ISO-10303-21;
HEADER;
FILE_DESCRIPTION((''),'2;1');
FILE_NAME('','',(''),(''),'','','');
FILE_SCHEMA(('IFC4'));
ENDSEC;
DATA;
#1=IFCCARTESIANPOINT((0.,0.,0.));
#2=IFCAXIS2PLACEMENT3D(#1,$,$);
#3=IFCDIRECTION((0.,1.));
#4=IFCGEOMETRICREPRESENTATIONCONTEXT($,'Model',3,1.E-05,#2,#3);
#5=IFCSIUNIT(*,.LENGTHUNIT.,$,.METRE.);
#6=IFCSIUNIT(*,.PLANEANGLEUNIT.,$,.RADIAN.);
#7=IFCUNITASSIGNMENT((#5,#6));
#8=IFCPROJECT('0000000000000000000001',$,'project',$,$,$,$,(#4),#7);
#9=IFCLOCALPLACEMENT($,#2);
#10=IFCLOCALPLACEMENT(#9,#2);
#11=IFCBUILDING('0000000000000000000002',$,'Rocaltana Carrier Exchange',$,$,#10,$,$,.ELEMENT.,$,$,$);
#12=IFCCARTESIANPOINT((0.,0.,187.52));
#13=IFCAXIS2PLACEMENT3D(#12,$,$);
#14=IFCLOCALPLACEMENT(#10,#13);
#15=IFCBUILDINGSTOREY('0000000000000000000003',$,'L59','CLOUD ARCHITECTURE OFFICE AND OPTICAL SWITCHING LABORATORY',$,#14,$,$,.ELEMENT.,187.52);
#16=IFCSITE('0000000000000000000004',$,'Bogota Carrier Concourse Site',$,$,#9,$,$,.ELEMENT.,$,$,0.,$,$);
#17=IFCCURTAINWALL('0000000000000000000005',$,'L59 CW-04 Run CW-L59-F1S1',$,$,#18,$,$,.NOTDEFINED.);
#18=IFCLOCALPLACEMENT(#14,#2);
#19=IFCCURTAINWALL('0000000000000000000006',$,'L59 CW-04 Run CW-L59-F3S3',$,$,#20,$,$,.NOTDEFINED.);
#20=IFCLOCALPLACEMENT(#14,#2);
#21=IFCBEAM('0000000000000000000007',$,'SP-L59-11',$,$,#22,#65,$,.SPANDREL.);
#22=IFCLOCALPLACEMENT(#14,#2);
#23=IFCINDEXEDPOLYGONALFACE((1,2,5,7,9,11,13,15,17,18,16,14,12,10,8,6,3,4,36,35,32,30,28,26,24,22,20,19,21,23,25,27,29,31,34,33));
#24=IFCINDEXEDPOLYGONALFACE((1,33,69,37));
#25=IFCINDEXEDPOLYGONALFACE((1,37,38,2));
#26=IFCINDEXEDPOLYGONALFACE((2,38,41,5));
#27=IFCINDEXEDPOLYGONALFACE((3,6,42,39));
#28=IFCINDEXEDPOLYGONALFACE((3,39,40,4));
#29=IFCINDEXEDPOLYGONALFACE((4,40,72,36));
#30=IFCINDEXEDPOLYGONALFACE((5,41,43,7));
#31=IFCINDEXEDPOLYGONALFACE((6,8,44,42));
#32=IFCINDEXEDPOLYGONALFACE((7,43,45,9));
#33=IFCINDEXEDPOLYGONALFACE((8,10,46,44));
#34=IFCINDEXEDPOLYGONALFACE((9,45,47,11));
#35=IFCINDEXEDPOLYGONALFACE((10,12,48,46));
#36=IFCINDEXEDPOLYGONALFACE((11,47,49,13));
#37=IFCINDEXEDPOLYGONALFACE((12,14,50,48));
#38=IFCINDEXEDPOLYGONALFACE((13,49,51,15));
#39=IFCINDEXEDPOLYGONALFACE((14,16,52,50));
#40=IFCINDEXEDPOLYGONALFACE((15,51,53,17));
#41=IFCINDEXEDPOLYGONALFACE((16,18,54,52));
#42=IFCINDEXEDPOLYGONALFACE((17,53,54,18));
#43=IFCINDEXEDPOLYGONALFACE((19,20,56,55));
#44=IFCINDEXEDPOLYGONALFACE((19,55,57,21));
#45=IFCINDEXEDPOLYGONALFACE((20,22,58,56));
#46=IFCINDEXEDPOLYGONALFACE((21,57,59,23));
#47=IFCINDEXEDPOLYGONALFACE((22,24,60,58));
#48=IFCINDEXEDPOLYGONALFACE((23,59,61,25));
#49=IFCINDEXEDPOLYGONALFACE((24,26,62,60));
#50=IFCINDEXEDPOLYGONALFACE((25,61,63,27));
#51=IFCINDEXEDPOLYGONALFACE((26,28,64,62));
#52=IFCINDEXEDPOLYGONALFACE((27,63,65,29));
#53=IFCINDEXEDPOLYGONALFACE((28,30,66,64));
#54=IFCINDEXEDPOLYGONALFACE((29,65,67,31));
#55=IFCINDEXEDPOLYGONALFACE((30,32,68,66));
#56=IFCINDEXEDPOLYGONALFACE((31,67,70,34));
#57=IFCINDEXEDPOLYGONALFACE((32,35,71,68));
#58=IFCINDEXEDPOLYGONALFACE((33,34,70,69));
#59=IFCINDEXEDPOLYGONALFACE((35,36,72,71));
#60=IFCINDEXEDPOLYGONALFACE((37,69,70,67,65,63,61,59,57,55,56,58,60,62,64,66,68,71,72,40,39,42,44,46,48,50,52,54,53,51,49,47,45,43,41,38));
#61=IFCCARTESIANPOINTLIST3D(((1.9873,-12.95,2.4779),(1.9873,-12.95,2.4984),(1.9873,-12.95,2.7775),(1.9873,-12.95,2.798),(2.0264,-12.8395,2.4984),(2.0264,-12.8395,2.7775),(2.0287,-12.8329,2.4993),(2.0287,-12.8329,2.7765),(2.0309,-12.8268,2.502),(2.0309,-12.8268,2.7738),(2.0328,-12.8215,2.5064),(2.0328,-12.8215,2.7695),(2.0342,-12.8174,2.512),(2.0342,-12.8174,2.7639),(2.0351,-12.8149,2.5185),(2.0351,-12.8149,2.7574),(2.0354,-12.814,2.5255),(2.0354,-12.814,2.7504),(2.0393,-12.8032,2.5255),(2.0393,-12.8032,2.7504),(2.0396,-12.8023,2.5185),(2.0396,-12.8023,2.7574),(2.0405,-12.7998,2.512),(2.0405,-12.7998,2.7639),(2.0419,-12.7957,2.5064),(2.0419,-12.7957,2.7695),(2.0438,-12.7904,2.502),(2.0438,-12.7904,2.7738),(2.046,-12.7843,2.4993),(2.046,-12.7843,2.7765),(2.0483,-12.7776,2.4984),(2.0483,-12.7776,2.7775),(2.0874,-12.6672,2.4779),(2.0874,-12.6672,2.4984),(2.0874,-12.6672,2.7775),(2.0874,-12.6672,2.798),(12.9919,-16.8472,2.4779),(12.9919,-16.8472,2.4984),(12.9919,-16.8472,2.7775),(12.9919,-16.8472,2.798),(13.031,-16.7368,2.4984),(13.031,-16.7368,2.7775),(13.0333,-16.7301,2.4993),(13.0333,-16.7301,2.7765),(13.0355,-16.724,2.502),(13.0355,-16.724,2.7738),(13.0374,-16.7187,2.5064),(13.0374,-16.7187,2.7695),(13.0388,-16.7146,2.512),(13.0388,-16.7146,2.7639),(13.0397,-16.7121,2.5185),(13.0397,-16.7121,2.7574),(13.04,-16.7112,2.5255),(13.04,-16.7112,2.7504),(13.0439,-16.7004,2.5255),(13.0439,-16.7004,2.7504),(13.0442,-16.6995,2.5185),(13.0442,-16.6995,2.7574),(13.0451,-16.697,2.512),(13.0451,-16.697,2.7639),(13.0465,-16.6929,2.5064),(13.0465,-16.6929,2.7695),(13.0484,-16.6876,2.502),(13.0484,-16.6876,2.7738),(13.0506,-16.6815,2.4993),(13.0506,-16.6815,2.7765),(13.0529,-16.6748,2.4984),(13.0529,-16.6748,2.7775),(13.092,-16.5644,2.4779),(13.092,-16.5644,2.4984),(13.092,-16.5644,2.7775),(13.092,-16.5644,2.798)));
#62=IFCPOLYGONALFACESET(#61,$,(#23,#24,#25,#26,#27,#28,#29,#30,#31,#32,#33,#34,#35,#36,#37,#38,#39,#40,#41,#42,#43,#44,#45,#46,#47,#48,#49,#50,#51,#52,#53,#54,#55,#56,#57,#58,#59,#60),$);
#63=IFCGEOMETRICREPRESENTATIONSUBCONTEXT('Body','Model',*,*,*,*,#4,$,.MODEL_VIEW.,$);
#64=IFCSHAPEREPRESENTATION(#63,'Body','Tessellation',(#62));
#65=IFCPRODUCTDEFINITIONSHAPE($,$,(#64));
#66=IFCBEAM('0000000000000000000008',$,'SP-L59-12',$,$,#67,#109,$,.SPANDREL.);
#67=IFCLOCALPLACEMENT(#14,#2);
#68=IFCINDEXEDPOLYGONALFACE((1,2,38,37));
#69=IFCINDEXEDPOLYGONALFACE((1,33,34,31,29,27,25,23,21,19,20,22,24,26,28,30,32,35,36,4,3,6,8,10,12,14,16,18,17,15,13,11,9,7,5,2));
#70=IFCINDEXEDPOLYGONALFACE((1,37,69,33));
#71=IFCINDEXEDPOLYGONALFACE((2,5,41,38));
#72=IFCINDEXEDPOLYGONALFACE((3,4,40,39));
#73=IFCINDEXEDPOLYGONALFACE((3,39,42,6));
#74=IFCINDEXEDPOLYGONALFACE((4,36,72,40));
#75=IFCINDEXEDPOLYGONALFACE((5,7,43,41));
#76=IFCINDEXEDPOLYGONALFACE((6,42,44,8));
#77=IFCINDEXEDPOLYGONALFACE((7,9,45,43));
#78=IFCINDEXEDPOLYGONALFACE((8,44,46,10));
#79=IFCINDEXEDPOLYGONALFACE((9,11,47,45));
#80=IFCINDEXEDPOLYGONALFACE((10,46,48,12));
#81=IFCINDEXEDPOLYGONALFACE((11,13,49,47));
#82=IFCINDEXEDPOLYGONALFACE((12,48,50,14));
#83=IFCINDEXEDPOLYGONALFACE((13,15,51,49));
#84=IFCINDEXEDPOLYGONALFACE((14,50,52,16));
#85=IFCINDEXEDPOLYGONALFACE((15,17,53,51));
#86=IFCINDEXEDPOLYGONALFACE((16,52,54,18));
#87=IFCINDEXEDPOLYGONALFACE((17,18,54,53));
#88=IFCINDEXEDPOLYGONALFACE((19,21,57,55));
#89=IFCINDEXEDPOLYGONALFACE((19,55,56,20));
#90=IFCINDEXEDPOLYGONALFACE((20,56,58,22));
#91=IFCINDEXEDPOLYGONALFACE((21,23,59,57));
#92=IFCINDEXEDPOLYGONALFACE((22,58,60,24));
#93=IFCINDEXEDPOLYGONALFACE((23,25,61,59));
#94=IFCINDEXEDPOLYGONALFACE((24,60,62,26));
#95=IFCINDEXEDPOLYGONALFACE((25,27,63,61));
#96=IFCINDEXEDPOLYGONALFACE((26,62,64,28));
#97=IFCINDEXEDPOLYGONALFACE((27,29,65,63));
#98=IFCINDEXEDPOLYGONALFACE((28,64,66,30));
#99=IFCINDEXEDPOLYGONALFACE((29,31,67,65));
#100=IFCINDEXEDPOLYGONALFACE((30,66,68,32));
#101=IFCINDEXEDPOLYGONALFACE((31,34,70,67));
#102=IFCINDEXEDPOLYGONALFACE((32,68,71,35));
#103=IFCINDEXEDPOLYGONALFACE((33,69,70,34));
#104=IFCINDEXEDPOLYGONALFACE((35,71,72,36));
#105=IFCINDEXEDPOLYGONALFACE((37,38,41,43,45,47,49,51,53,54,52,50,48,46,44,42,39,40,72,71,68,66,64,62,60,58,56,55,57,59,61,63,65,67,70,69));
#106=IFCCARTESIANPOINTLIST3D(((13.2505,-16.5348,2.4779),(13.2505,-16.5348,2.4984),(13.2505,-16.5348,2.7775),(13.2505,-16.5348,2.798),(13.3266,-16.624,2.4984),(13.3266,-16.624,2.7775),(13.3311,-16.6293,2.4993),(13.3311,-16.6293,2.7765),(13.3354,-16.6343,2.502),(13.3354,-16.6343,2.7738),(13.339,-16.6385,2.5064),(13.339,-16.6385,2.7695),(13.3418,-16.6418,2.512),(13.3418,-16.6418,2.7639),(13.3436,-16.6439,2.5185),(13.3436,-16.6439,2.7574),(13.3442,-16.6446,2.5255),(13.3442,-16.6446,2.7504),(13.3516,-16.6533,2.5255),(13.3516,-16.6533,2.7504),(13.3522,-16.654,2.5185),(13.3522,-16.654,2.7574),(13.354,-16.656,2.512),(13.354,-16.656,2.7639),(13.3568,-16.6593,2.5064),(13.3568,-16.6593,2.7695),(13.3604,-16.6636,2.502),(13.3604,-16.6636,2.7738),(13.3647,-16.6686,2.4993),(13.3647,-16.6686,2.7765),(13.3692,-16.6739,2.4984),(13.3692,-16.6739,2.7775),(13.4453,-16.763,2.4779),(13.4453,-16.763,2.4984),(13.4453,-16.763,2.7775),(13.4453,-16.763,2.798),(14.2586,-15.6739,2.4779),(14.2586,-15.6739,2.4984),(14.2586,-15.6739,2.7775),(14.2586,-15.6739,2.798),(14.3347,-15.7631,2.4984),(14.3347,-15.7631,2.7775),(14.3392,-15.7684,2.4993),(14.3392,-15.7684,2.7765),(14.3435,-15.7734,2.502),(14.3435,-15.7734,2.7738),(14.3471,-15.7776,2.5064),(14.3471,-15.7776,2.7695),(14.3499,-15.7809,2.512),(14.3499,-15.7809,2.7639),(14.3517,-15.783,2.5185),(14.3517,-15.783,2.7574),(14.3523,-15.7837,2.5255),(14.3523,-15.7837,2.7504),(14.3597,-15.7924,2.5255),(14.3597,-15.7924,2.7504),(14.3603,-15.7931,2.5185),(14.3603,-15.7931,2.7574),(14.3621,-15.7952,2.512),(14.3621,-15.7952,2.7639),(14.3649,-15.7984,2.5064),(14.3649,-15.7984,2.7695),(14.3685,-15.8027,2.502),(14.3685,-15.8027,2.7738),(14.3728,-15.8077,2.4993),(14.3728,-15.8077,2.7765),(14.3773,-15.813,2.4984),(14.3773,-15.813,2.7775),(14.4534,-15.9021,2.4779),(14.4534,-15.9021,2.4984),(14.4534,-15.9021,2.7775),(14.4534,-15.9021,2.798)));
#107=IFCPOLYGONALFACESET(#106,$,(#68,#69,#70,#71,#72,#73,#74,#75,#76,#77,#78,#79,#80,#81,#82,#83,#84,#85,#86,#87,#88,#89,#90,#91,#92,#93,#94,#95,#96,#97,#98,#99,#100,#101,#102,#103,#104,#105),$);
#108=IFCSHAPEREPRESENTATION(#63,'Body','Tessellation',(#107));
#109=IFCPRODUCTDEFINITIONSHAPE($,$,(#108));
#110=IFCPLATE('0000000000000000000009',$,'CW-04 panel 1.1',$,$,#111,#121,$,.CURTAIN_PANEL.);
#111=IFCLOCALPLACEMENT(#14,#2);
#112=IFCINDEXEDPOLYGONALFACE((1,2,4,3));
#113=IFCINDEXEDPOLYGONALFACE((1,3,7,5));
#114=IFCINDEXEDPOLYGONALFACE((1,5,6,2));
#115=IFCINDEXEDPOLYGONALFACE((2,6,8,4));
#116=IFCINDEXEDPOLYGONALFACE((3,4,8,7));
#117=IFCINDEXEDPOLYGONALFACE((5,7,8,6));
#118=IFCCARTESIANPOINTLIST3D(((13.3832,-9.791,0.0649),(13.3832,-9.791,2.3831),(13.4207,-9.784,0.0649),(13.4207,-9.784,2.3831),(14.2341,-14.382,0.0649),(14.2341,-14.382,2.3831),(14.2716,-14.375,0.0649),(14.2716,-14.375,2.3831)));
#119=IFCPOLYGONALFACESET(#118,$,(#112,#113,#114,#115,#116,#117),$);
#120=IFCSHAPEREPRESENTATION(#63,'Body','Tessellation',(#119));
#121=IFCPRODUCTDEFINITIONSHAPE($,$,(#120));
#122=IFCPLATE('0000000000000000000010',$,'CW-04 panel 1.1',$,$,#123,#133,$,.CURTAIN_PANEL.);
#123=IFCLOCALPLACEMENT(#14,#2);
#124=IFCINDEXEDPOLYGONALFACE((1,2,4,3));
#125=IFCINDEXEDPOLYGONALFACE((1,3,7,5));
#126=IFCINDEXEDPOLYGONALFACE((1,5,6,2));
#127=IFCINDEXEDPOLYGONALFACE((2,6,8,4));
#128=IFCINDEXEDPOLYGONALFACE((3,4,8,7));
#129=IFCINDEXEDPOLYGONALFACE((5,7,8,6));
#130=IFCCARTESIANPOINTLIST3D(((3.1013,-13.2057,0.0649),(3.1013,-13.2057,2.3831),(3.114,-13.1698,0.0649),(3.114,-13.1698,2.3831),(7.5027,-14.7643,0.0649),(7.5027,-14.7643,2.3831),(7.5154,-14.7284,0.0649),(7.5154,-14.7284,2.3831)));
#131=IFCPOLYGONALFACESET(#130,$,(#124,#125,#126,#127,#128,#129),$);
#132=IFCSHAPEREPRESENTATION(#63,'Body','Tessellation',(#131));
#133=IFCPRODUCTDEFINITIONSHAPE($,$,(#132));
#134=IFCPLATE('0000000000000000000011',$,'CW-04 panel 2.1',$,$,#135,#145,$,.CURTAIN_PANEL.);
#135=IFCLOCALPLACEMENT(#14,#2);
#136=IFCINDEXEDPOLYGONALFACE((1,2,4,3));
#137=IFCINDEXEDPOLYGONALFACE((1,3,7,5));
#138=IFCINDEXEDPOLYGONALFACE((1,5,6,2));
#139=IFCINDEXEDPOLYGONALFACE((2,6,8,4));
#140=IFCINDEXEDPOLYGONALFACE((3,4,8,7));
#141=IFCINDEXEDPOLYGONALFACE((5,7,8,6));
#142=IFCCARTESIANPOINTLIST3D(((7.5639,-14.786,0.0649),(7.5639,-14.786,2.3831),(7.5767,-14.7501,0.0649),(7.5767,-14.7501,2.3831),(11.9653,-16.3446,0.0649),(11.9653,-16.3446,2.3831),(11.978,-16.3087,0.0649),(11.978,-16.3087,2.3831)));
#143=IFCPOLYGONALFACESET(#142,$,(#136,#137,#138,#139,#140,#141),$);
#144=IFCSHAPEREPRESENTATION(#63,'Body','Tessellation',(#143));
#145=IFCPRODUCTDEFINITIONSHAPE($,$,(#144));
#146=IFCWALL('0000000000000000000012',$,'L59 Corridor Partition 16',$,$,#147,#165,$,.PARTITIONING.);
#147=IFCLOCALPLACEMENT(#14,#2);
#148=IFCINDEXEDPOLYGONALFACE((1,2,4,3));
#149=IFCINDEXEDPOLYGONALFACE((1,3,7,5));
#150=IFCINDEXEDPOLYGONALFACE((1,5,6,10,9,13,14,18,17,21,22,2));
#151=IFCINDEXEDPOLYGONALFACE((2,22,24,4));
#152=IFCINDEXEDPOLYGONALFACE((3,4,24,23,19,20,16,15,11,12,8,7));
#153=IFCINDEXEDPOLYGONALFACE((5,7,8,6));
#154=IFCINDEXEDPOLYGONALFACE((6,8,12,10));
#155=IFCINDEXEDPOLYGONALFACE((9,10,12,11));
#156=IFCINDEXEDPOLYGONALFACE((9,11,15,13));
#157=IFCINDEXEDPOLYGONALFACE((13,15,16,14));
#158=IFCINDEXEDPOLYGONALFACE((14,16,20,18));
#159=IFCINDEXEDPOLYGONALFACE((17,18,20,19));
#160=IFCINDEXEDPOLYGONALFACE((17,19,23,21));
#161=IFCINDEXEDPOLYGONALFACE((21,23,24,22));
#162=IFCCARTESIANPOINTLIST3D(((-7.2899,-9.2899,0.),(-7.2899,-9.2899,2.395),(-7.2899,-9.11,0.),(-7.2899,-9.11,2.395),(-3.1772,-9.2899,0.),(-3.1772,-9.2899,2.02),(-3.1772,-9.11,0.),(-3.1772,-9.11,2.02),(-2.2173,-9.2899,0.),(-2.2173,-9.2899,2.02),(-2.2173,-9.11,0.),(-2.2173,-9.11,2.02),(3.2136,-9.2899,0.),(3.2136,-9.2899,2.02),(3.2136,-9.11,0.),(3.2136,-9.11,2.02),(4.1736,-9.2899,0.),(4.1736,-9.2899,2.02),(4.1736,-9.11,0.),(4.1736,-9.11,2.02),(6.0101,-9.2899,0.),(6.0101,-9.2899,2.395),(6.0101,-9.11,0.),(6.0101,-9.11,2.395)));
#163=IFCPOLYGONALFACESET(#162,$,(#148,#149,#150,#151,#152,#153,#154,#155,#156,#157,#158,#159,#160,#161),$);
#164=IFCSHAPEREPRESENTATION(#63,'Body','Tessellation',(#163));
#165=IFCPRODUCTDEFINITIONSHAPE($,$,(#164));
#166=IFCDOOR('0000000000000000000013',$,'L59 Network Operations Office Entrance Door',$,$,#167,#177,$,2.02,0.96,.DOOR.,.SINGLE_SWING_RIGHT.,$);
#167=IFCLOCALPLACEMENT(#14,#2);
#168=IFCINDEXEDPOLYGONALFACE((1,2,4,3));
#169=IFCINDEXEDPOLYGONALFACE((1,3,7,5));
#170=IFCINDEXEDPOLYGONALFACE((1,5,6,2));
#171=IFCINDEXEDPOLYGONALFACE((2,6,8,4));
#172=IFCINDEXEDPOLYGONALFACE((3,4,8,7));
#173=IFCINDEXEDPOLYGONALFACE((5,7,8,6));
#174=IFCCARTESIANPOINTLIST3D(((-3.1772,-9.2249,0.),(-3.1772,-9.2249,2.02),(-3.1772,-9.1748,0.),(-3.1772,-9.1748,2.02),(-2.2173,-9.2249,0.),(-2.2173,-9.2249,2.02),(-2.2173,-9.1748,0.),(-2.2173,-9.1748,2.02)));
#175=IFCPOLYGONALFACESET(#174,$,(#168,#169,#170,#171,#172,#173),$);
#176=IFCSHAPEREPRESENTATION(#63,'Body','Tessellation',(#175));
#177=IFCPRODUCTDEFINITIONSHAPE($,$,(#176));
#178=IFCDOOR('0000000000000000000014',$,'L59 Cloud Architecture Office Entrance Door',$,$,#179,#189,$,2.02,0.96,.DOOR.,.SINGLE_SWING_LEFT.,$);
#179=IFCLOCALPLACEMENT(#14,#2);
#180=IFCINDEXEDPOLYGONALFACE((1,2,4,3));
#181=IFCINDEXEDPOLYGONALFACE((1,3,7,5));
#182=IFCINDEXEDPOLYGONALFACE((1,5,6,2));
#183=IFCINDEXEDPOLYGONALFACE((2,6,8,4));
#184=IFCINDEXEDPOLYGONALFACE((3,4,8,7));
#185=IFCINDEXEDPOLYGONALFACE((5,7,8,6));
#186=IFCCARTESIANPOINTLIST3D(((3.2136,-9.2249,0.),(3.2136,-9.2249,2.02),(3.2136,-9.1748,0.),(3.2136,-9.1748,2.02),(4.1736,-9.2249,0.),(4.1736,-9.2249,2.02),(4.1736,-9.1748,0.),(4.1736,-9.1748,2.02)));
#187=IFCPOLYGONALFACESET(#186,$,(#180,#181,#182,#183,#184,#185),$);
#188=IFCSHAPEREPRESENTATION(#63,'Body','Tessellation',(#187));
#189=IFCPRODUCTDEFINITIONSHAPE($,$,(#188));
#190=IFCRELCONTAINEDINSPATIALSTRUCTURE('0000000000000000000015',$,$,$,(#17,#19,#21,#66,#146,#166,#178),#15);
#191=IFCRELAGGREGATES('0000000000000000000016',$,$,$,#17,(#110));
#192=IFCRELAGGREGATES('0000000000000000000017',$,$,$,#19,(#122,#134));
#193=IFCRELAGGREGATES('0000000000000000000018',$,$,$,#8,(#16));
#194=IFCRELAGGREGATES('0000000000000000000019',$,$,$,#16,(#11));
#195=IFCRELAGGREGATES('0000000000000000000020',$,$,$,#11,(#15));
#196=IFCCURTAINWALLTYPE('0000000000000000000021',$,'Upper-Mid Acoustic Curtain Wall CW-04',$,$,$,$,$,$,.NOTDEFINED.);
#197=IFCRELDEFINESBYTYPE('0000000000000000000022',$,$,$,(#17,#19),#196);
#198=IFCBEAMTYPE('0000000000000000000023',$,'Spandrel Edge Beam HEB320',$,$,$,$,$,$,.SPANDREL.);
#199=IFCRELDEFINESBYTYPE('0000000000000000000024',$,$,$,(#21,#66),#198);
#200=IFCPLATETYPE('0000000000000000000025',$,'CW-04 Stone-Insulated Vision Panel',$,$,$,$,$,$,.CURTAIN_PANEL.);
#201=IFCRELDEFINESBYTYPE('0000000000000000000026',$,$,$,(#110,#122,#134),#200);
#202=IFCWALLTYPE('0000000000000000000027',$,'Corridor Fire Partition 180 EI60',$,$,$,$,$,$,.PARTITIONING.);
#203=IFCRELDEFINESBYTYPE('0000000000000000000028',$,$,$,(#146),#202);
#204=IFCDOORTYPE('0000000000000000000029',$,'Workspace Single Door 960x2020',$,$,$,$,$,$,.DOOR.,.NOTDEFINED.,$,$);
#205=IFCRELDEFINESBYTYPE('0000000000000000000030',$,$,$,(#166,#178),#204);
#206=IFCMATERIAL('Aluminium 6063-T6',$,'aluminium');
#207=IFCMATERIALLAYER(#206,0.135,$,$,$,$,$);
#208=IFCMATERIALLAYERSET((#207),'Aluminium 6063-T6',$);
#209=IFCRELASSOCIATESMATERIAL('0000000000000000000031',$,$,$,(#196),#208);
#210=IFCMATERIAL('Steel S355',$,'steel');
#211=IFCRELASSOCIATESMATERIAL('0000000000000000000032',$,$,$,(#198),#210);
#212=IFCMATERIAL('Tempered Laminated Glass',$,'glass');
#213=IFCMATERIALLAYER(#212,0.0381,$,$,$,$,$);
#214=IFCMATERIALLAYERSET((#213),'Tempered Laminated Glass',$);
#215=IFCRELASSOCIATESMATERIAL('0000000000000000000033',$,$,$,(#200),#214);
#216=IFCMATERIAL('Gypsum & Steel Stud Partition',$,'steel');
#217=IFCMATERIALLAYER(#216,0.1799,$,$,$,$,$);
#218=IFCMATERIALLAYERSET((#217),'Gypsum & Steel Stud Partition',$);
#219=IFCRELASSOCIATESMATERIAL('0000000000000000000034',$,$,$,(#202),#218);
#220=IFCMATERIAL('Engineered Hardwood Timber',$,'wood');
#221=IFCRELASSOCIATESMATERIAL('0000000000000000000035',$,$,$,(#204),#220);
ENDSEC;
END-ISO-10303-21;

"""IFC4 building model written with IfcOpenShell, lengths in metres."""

from ifc_helpers import new_model, si_unit, direction, frame, frame_2d, origin, origin_2d, place, context, subcontext, project, spatial, rectangle, i_section, extrude, material, layer, layer_set, material_profile, profile_set, type_object, element, fill, aggregate, save


model = new_model("IFC4")

# Units and contexts
model_context = context("Model", 3, precision=1e-05, world=origin(), true_north=direction((0.0, 1.0)))
body_context = subcontext(model_context, "Body", "Model", "MODEL_VIEW")
ifc_project = project(units=[si_unit("LENGTHUNIT", "METRE"), si_unit("PLANEANGLEUNIT", "RADIAN")], contexts=[model_context])

# Site, building, storey
site_placement = place(None, origin())
site = spatial("IfcSite", under=ifc_project, at=site_placement, Name="Bogota Carrier Concourse Site", CompositionType="ELEMENT", RefElevation=0.0)
building_placement = place(site_placement, origin())
building = spatial("IfcBuilding", under=site, at=building_placement, Name="Rocaltana Carrier Exchange", CompositionType="ELEMENT")
storey_placement = place(building_placement, frame((0.0, 0.0, 187.52)))
storey = spatial("IfcBuildingStorey", under=building, at=storey_placement, Name="L59", Description="CLOUD ARCHITECTURE OFFICE AND OPTICAL SWITCHING LABORATORY", CompositionType="ELEMENT", Elevation=187.52)

# Curtain wall
ifc_material_1 = material(Name="Aluminium 6063-T6", Category="aluminium")
ifc_layer_1 = layer(ifc_material_1, 0.135)
ifc_layer_set_1 = layer_set([ifc_layer_1], Name="Aluminium 6063-T6")
curtain_wall_type = type_object("IfcCurtainWallType", Name="Upper-Mid Acoustic Curtain Wall CW-04", PredefinedType="NOTDEFINED", material=ifc_layer_set_1)
curtain_wall_1_placement = place(storey_placement, origin())
curtain_wall_1 = element("IfcCurtainWall", 1, at=curtain_wall_1_placement, inside=storey, type_object=curtain_wall_type, Name="L59 CW-04 Run CW-L59-F1S1", PredefinedType="NOTDEFINED")

# Curtain wall
curtain_wall_2_placement = place(storey_placement, origin())
curtain_wall_2 = element("IfcCurtainWall", 2, at=curtain_wall_2_placement, inside=storey, type_object=curtain_wall_type, Name="L59 CW-04 Run CW-L59-F3S3", PredefinedType="NOTDEFINED")

# Beams
ifc_material_2 = material(Name="Steel S355", Category="steel")
ifc_material_profile_1 = material_profile(ifc_material_2, i_section(OverallWidth=0.3, OverallDepth=0.3201, WebThickness=0.0115, FlangeThickness=0.0205, FilletRadius=0.0271, at=origin_2d()), Name="HEB320")
ifc_profile_set_1 = profile_set([ifc_material_profile_1], Name="Steel S355")
beam_type_1 = type_object("IfcBeamType", Name="Spandrel Edge Beam HEB320", PredefinedType="SPANDREL", material=ifc_profile_set_1)
for number, where, z_axis, x_axis, name in (
    (3, (2.0374, -12.8086, 2.6379), (0.942634, -0.333827, 0.0), (0.333827, 0.942634, 0.0), "SP-L59-11"),
):
    element("IfcBeam", number, at=place(storey_placement, frame(where, z_axis=z_axis, x_axis=x_axis)), inside=storey, type_object=beam_type_1, Name=name, PredefinedType="SPANDREL", context=body_context, shape_type="SweptSolid", body=[
        extrude(i_section(OverallWidth=0.3, OverallDepth=0.3201, WebThickness=0.0115, FlangeThickness=0.0205, FilletRadius=0.0271, at=origin_2d()), origin(), (0.0, 0.0, 1.0), 11.6743),
    ])
beam_1_placement = place(storey_placement, frame((13.3479, -16.6489, 2.6379), z_axis=(0.760451, 0.649395, 0.0), x_axis=(-0.649395, 0.760451, 0.0)))
element("IfcBeam", 4, at=beam_1_placement, inside=storey, type_object=beam_type_1, Name="SP-L59-12", PredefinedType="SPANDREL", context=body_context, shape_type="SweptSolid", body=[
    extrude(i_section(OverallWidth=0.3, OverallDepth=0.3201, WebThickness=0.0115, FlangeThickness=0.0205, FilletRadius=0.0271, at=origin_2d()), origin(), (0.0, 0.0, 1.0), 1.3257),
])

# Plates
ifc_material_3 = material(Name="Tempered Laminated Glass", Category="glass")
ifc_layer_2 = layer(ifc_material_3, 0.0381)
ifc_layer_set_2 = layer_set([ifc_layer_2], Name="Tempered Laminated Glass")
plate_type = type_object("IfcPlateType", Name="CW-04 Stone-Insulated Vision Panel", PredefinedType="CURTAIN_PANEL", material=ifc_layer_set_2)
plate_1_placement = place(storey_placement, frame((13.8274, -12.083, 0.0649), z_axis=(0.0, 0.0, 1.0), x_axis=(-0.182234, 0.983255, 0.0)))
plate_1 = element("IfcPlate", 5, at=plate_1_placement, type_object=plate_type, Name="CW-04 panel 1.1", PredefinedType="CURTAIN_PANEL", context=body_context, shape_type="SweptSolid", body=[
    extrude(rectangle(XDim=4.6692, YDim=0.0381, at=origin_2d()), origin(), (0.0, 0.0, 1.0), 2.3181),
])
aggregate(curtain_wall_1, [plate_1])
plate_2_placement = place(storey_placement, frame((5.3083, -13.967, 0.0649), z_axis=(0.0, 0.0, 1.0), x_axis=(0.942644, -0.333799, 0.0)))
plate_2 = element("IfcPlate", 6, at=plate_2_placement, type_object=plate_type, Name="CW-04 panel 1.1", PredefinedType="CURTAIN_PANEL", context=body_context, shape_type="SweptSolid", body=[
    extrude(rectangle(XDim=4.6692, YDim=0.0381, at=origin_2d()), origin(), (0.0, 0.0, 1.0), 2.3181),
])
plate_3_placement = place(storey_placement, frame((9.771, -15.5474, 0.0649), z_axis=(0.0, 0.0, 1.0), x_axis=(0.942644, -0.333799, 0.0)))
plate_3 = element("IfcPlate", 7, at=plate_3_placement, type_object=plate_type, Name="CW-04 panel 2.1", PredefinedType="CURTAIN_PANEL", context=body_context, shape_type="SweptSolid", body=[
    extrude(rectangle(XDim=4.6692, YDim=0.0381, at=origin_2d()), origin(), (0.0, 0.0, 1.0), 2.3181),
])
aggregate(curtain_wall_2, [plate_2, plate_3])

# Wall, openings, doors
ifc_material_4 = material(Name="Gypsum & Steel Stud Partition", Category="steel")
ifc_layer_3 = layer(ifc_material_4, 0.1799)
ifc_layer_set_3 = layer_set([ifc_layer_3], Name="Gypsum & Steel Stud Partition")
wall_type_1 = type_object("IfcWallType", Name="Corridor Fire Partition 180 EI60", PredefinedType="PARTITIONING", material=ifc_layer_set_3)
wall_1_placement = place(storey_placement, frame((6.01, -9.2, 0.0), z_axis=(0.0, 0.0, 1.0), x_axis=(-1.0, 0.0, 0.0)))
wall_1 = element("IfcWall", 8, at=wall_1_placement, inside=storey, type_object=wall_type_1, Name="L59 Corridor Partition 16", PredefinedType="PARTITIONING", context=body_context, shape_type="SweptSolid", body=[
    extrude(rectangle(XDim=13.3, YDim=0.1799, at=frame_2d((6.6499, 0.0))), origin(), (0.0, 0.0, 1.0), 2.395),
])
opening_1_placement = place(wall_1_placement, frame((8.2273, 0.0, 0.0)))
opening_1 = element("IfcOpeningElement", 9, at=opening_1_placement, cuts=wall_1, PredefinedType="OPENING", context=body_context, shape_type="SweptSolid", body=[
    extrude(rectangle(XDim=0.96, YDim=2.02, at=frame_2d((0.48, 1.01))), frame((0.0, 0.0999, 0.0), z_axis=(0.0, -1.0, 0.0), x_axis=(1.0, 0.0, 0.0)), (0.0, 0.0, 1.0), 0.2),
])
opening_2_placement = place(wall_1_placement, frame((1.8364, 0.0, 0.0)))
opening_2 = element("IfcOpeningElement", 10, at=opening_2_placement, cuts=wall_1, PredefinedType="OPENING", context=body_context, shape_type="SweptSolid", body=[
    extrude(rectangle(XDim=0.96, YDim=2.02, at=frame_2d((0.48, 1.01))), frame((0.0, 0.0999, 0.0), z_axis=(0.0, -1.0, 0.0), x_axis=(1.0, 0.0, 0.0)), (0.0, 0.0, 1.0), 0.2),
])
ifc_material_5 = material(Name="Engineered Hardwood Timber", Category="wood")
door_type = type_object("IfcDoorType", Name="Workspace Single Door 960x2020", OperationType="NOTDEFINED", PredefinedType="DOOR", material=ifc_material_5)
door_1_placement = place(opening_1_placement, origin())
door_1 = element("IfcDoor", 11, at=door_1_placement, inside=storey, type_object=door_type, Name="L59 Network Operations Office Entrance Door", OperationType="SINGLE_SWING_RIGHT", OverallHeight=2.02, OverallWidth=0.96, PredefinedType="DOOR", context=body_context, shape_type="SweptSolid", body=[
    extrude(rectangle(XDim=0.96, YDim=2.02, at=frame_2d((0.48, 1.01))), frame((0.0, 0.0249, 0.0), z_axis=(0.0, -1.0, 0.0), x_axis=(1.0, 0.0, 0.0)), (0.0, 0.0, 1.0), 0.05),
])
fill(opening_1, door_1)
door_2_placement = place(opening_2_placement, origin())
door_2 = element("IfcDoor", 12, at=door_2_placement, inside=storey, type_object=door_type, Name="L59 Cloud Architecture Office Entrance Door", OperationType="SINGLE_SWING_LEFT", OverallHeight=2.02, OverallWidth=0.96, PredefinedType="DOOR", context=body_context, shape_type="SweptSolid", body=[
    extrude(rectangle(XDim=0.96, YDim=2.02, at=frame_2d((0.48, 1.01))), frame((0.0, 0.0249, 0.0), z_axis=(0.0, -1.0, 0.0), x_axis=(1.0, 0.0, 0.0)), (0.0, 0.0, 1.0), 0.05),
])
fill(opening_2, door_2)

save(model, "model.ifc")
